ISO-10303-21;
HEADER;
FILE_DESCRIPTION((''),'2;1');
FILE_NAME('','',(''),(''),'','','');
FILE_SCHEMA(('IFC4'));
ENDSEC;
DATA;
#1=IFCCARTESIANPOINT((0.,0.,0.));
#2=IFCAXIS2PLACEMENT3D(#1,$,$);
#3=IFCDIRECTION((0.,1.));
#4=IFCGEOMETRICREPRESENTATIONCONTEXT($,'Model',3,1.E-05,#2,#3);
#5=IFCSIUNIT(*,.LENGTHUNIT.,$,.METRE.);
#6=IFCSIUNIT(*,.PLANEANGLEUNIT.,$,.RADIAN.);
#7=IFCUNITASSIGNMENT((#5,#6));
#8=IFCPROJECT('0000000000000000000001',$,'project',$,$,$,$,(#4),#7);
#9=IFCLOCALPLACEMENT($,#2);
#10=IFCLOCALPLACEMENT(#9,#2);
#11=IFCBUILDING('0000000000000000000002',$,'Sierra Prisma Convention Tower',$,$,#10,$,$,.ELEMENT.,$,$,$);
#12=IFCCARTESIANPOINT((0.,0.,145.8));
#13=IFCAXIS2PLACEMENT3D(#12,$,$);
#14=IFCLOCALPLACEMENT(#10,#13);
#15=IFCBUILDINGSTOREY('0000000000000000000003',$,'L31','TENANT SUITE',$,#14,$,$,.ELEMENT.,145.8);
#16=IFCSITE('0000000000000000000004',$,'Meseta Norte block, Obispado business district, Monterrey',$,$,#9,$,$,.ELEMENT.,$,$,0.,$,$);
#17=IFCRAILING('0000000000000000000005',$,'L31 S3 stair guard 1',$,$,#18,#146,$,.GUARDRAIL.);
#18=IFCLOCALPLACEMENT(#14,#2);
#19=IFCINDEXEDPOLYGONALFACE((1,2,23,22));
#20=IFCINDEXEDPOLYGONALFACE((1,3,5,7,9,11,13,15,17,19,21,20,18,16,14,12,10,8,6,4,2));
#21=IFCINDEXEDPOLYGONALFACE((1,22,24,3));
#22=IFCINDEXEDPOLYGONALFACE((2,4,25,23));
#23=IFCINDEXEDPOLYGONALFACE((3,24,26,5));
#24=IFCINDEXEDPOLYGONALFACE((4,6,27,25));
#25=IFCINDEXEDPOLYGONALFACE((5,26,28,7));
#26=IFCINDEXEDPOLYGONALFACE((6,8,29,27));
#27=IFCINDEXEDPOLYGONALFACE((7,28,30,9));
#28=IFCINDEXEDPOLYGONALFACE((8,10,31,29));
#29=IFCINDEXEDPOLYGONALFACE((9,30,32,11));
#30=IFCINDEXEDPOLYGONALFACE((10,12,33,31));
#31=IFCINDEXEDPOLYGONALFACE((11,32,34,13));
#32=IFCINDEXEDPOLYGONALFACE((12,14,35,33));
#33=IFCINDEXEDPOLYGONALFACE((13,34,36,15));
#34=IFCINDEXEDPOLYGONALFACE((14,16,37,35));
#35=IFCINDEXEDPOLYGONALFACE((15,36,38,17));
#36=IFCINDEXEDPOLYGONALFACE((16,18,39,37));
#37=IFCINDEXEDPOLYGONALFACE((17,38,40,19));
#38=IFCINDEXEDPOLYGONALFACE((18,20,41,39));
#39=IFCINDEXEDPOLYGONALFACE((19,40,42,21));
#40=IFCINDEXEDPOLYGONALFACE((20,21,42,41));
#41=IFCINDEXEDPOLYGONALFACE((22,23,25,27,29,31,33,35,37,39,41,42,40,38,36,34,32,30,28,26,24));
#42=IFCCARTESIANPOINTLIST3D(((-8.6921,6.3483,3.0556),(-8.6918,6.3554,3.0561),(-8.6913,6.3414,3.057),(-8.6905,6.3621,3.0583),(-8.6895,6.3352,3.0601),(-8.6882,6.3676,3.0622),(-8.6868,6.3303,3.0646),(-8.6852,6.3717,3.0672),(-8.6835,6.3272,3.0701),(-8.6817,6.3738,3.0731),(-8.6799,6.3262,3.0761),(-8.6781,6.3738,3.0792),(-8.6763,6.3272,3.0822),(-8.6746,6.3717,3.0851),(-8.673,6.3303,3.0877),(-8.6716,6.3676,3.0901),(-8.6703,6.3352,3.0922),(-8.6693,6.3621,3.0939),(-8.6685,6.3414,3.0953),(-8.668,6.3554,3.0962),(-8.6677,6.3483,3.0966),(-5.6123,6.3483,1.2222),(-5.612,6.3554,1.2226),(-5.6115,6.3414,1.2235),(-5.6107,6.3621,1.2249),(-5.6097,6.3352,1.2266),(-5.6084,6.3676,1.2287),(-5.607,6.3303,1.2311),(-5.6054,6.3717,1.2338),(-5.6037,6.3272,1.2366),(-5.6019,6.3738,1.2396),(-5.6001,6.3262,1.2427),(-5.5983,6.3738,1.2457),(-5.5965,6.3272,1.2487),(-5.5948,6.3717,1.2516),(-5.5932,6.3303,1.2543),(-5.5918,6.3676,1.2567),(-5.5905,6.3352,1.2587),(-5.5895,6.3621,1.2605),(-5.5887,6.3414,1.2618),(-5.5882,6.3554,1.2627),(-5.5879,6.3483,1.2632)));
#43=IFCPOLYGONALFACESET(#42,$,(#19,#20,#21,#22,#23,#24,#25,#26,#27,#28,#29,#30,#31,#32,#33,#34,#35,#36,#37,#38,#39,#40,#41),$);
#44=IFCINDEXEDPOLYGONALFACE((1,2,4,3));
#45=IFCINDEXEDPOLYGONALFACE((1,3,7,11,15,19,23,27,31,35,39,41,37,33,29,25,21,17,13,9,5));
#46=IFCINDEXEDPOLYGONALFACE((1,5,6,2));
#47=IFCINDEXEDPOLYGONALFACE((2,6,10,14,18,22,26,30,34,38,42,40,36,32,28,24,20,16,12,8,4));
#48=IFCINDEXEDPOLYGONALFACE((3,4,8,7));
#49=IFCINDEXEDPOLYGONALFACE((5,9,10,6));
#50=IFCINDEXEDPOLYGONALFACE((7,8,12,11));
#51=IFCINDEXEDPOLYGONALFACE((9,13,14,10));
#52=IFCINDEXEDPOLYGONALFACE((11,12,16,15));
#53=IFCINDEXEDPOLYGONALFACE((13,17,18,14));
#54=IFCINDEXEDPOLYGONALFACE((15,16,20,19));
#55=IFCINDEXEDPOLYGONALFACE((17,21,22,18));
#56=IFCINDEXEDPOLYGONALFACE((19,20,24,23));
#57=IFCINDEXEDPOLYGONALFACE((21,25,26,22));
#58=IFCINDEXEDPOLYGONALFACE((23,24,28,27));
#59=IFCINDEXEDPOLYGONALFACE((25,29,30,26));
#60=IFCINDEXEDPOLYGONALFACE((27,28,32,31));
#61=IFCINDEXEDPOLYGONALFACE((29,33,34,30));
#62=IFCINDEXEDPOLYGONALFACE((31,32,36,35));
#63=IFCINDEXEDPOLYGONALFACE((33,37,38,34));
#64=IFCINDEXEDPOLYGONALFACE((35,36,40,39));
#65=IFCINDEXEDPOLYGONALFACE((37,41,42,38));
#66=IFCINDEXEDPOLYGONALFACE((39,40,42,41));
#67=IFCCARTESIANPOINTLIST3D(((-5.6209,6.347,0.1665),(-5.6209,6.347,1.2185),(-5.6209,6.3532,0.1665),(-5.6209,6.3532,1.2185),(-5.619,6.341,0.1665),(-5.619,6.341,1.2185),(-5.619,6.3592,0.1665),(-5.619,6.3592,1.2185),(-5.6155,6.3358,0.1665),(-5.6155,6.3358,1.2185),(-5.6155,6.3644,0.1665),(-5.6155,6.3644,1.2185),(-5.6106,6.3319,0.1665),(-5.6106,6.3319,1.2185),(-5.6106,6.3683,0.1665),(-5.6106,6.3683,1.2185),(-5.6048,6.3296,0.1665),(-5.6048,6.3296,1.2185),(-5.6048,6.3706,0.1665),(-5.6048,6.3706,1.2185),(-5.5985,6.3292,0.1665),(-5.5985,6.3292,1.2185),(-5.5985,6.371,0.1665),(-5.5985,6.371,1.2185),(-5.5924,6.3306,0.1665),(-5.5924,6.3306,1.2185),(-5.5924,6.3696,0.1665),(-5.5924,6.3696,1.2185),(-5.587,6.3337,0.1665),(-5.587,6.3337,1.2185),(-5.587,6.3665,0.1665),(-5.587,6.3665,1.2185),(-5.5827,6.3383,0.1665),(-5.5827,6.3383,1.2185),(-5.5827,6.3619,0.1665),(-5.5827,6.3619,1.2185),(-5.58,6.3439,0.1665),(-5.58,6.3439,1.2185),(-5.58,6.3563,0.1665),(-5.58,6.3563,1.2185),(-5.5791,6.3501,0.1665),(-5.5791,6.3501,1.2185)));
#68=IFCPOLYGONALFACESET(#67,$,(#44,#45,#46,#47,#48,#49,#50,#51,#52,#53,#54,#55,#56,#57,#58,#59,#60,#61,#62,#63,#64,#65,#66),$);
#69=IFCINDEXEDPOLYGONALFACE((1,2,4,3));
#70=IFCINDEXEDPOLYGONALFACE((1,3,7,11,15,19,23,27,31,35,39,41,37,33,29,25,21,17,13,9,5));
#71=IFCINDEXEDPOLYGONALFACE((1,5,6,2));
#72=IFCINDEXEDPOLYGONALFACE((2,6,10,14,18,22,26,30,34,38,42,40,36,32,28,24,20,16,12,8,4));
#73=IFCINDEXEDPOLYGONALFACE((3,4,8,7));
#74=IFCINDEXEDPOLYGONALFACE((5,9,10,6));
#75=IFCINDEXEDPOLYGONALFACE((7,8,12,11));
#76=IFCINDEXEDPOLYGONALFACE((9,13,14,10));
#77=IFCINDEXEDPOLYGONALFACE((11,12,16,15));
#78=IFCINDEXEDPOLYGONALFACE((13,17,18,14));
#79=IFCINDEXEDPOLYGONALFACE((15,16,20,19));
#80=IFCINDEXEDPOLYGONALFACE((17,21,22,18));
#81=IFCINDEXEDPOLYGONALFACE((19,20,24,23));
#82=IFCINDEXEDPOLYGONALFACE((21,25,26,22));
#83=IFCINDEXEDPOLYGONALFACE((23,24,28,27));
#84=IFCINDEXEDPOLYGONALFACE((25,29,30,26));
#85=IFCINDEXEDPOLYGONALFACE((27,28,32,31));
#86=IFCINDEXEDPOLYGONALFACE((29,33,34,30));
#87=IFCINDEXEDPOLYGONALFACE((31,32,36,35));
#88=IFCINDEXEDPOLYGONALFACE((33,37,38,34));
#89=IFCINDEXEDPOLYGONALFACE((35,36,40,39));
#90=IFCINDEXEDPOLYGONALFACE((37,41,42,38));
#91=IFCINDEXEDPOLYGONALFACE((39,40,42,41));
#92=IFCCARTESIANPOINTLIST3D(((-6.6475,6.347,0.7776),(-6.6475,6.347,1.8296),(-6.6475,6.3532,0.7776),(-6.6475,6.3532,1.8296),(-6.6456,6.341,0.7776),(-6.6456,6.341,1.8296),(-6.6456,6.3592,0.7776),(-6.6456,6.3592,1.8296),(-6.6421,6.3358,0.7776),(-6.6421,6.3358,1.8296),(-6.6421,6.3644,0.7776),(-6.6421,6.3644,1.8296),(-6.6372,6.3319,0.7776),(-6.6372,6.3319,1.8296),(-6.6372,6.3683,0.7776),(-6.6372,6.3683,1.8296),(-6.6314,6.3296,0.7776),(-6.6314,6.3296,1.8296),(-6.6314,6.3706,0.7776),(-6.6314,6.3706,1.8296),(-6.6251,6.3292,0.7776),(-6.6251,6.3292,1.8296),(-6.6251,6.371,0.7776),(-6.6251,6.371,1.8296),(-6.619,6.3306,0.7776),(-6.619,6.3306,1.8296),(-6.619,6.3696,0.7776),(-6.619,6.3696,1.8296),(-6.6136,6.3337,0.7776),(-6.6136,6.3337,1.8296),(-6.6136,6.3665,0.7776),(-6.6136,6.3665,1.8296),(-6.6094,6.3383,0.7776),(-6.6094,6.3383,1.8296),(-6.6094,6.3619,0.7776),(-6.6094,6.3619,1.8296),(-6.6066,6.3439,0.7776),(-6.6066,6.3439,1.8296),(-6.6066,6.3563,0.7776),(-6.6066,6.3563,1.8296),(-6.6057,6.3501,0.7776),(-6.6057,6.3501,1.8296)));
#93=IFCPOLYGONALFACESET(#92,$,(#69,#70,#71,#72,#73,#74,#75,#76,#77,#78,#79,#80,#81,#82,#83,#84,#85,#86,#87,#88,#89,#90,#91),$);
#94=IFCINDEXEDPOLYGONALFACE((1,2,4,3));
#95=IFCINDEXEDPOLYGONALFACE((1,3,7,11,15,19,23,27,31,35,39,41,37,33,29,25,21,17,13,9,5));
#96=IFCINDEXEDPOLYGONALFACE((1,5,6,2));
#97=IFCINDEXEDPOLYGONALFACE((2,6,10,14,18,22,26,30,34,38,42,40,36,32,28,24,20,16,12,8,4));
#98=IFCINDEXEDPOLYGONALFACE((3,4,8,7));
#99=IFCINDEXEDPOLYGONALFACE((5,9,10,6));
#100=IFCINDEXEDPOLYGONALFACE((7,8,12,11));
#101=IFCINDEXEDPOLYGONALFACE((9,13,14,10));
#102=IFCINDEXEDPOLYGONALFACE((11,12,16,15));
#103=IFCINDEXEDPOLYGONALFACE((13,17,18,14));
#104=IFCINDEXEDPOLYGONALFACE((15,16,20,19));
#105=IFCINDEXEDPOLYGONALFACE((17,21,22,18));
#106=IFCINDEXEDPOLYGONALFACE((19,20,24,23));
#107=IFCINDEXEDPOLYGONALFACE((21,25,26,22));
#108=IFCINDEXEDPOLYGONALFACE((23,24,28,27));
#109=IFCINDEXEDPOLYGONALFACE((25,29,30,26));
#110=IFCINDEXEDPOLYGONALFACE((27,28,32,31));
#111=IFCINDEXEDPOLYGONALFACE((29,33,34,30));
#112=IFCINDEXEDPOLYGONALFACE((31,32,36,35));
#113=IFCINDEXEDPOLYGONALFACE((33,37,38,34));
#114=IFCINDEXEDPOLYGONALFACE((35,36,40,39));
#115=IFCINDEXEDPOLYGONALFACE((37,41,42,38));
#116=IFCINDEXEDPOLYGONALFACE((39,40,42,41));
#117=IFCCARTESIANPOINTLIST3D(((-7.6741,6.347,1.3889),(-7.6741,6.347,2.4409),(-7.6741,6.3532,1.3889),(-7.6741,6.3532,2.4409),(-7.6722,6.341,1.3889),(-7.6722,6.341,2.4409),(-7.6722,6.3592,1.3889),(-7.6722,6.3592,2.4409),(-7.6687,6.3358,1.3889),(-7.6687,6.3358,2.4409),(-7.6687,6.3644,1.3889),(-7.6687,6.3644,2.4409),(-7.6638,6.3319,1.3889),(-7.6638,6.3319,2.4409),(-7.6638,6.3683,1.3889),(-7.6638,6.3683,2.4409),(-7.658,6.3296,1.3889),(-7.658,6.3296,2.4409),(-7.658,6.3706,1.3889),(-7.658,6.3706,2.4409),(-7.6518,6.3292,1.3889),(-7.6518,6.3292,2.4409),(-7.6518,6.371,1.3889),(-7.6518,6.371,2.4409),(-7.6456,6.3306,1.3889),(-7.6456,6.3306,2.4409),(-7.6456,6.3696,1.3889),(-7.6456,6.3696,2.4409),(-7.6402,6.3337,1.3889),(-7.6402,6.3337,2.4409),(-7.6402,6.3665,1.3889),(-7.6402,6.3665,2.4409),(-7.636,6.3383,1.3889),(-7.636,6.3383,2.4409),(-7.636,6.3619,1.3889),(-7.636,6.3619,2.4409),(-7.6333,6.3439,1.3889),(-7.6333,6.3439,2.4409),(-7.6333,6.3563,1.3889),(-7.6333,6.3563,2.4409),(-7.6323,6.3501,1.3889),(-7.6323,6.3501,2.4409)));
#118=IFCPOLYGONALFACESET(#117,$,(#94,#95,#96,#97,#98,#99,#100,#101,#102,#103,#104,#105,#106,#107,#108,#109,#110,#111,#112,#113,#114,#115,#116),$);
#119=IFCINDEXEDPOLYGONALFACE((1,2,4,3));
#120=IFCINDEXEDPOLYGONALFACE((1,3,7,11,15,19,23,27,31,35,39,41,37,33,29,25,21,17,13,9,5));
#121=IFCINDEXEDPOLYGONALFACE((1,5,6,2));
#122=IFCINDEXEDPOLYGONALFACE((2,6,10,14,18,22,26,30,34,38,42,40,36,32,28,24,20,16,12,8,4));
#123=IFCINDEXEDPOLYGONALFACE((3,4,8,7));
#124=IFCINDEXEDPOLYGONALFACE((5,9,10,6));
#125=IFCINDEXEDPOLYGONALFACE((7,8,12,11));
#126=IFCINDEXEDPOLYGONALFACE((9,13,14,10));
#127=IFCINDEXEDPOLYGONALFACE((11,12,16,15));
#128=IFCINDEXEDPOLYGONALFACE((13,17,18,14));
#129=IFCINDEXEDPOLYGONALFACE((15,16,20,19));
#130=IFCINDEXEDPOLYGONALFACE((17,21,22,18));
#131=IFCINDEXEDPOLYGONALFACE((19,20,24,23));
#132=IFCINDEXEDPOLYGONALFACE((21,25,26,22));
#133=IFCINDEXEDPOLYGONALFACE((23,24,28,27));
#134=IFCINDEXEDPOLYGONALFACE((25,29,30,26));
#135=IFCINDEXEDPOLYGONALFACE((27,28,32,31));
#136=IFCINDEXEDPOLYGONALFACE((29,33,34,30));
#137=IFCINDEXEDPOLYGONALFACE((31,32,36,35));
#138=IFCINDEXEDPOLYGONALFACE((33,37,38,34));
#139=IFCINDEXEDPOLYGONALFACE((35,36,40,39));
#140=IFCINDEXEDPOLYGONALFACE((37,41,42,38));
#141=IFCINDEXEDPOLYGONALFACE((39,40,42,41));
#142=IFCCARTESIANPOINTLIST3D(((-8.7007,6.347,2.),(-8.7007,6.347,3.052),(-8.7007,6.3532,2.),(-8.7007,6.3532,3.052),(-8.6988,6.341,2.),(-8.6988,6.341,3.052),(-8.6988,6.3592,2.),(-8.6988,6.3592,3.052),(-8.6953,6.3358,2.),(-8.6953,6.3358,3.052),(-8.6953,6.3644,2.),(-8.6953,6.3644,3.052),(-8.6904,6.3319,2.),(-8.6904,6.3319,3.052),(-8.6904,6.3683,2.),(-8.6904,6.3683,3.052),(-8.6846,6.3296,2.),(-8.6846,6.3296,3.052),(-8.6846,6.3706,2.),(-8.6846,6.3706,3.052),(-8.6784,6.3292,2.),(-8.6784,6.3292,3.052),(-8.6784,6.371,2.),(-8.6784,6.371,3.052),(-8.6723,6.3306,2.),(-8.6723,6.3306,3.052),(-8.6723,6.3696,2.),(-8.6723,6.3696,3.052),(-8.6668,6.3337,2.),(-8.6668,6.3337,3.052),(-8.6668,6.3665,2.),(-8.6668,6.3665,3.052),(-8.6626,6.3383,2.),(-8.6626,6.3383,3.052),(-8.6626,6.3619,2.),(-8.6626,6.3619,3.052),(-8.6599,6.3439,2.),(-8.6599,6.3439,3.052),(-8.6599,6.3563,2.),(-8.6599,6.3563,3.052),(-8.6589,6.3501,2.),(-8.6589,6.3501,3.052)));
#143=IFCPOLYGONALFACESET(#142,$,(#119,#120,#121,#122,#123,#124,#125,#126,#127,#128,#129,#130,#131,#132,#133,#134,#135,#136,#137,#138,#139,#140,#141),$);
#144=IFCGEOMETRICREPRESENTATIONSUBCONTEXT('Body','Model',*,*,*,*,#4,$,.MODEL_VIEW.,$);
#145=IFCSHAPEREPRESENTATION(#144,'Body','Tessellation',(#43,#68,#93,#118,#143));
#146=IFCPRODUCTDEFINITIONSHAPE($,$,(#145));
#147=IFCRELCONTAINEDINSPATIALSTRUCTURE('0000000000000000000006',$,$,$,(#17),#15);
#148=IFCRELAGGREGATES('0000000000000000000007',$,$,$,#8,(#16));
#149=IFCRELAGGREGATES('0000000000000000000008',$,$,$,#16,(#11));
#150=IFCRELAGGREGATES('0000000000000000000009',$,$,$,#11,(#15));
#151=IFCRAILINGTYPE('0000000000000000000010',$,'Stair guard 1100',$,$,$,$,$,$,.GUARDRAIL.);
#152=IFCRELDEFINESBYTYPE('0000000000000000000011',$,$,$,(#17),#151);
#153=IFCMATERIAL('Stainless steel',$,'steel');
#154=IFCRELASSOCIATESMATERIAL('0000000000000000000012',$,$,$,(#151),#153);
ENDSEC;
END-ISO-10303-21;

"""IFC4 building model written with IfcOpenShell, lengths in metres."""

from ifc_helpers import new_model, si_unit, direction, frame, origin, origin_2d, place, context, subcontext, project, spatial, circle, extrude, material, type_object, element, save


model = new_model("IFC4")

# Units and contexts
model_context = context("Model", 3, precision=1e-05, world=origin(), true_north=direction((0.0, 1.0)))
body_context = subcontext(model_context, "Body", "Model", "MODEL_VIEW")
ifc_project = project(units=[si_unit("LENGTHUNIT", "METRE"), si_unit("PLANEANGLEUNIT", "RADIAN")], contexts=[model_context])

# Site, building, storey
site_placement = place(None, origin())
site = spatial("IfcSite", under=ifc_project, at=site_placement, Name="Meseta Norte block, Obispado business district, Monterrey", CompositionType="ELEMENT", RefElevation=0.0)
building_placement = place(site_placement, origin())
building = spatial("IfcBuilding", under=site, at=building_placement, Name="Sierra Prisma Convention Tower", CompositionType="ELEMENT")
storey_placement = place(building_placement, frame((0.0, 0.0, 145.8)))
storey = spatial("IfcBuildingStorey", under=building, at=storey_placement, Name="L31", Description="TENANT SUITE", CompositionType="ELEMENT", Elevation=145.8)

# Railing
ifc_material_1 = material(Name="Stainless steel", Category="steel")
railing_type_1 = type_object("IfcRailingType", Name="Stair guard 1100", PredefinedType="GUARDRAIL", material=ifc_material_1)
railing_1_placement = place(storey_placement, frame((-5.6001, 6.3501, 0.1665)))
element("IfcRailing", 1, at=railing_1_placement, inside=storey, type_object=railing_type_1, Name="L31 S3 stair guard 1", PredefinedType="GUARDRAIL", context=body_context, shape_type="SweptSolid", body=[
    extrude(circle(Radius=0.0239, at=origin_2d()), frame((0.0, 0.0, 1.0762), z_axis=(-0.859261, 0.0, 0.511538), x_axis=(0.0, -1.0, 0.0)), (0.0, 0.0, 1.0), 3.5842),
    extrude(circle(Radius=0.021, at=origin_2d()), origin(), (0.0, 0.0, 1.0), 1.052),
    extrude(circle(Radius=0.021, at=origin_2d()), frame((-1.0266, 0.0, 0.6111)), (0.0, 0.0, 1.0), 1.052),
    extrude(circle(Radius=0.021, at=origin_2d()), frame((-2.0532, 0.0, 1.2224)), (0.0, 0.0, 1.0), 1.052),
    extrude(circle(Radius=0.021, at=origin_2d()), frame((-3.0798, 0.0, 1.8335)), (0.0, 0.0, 1.0), 1.052),
])

save(model, "model.ifc")
